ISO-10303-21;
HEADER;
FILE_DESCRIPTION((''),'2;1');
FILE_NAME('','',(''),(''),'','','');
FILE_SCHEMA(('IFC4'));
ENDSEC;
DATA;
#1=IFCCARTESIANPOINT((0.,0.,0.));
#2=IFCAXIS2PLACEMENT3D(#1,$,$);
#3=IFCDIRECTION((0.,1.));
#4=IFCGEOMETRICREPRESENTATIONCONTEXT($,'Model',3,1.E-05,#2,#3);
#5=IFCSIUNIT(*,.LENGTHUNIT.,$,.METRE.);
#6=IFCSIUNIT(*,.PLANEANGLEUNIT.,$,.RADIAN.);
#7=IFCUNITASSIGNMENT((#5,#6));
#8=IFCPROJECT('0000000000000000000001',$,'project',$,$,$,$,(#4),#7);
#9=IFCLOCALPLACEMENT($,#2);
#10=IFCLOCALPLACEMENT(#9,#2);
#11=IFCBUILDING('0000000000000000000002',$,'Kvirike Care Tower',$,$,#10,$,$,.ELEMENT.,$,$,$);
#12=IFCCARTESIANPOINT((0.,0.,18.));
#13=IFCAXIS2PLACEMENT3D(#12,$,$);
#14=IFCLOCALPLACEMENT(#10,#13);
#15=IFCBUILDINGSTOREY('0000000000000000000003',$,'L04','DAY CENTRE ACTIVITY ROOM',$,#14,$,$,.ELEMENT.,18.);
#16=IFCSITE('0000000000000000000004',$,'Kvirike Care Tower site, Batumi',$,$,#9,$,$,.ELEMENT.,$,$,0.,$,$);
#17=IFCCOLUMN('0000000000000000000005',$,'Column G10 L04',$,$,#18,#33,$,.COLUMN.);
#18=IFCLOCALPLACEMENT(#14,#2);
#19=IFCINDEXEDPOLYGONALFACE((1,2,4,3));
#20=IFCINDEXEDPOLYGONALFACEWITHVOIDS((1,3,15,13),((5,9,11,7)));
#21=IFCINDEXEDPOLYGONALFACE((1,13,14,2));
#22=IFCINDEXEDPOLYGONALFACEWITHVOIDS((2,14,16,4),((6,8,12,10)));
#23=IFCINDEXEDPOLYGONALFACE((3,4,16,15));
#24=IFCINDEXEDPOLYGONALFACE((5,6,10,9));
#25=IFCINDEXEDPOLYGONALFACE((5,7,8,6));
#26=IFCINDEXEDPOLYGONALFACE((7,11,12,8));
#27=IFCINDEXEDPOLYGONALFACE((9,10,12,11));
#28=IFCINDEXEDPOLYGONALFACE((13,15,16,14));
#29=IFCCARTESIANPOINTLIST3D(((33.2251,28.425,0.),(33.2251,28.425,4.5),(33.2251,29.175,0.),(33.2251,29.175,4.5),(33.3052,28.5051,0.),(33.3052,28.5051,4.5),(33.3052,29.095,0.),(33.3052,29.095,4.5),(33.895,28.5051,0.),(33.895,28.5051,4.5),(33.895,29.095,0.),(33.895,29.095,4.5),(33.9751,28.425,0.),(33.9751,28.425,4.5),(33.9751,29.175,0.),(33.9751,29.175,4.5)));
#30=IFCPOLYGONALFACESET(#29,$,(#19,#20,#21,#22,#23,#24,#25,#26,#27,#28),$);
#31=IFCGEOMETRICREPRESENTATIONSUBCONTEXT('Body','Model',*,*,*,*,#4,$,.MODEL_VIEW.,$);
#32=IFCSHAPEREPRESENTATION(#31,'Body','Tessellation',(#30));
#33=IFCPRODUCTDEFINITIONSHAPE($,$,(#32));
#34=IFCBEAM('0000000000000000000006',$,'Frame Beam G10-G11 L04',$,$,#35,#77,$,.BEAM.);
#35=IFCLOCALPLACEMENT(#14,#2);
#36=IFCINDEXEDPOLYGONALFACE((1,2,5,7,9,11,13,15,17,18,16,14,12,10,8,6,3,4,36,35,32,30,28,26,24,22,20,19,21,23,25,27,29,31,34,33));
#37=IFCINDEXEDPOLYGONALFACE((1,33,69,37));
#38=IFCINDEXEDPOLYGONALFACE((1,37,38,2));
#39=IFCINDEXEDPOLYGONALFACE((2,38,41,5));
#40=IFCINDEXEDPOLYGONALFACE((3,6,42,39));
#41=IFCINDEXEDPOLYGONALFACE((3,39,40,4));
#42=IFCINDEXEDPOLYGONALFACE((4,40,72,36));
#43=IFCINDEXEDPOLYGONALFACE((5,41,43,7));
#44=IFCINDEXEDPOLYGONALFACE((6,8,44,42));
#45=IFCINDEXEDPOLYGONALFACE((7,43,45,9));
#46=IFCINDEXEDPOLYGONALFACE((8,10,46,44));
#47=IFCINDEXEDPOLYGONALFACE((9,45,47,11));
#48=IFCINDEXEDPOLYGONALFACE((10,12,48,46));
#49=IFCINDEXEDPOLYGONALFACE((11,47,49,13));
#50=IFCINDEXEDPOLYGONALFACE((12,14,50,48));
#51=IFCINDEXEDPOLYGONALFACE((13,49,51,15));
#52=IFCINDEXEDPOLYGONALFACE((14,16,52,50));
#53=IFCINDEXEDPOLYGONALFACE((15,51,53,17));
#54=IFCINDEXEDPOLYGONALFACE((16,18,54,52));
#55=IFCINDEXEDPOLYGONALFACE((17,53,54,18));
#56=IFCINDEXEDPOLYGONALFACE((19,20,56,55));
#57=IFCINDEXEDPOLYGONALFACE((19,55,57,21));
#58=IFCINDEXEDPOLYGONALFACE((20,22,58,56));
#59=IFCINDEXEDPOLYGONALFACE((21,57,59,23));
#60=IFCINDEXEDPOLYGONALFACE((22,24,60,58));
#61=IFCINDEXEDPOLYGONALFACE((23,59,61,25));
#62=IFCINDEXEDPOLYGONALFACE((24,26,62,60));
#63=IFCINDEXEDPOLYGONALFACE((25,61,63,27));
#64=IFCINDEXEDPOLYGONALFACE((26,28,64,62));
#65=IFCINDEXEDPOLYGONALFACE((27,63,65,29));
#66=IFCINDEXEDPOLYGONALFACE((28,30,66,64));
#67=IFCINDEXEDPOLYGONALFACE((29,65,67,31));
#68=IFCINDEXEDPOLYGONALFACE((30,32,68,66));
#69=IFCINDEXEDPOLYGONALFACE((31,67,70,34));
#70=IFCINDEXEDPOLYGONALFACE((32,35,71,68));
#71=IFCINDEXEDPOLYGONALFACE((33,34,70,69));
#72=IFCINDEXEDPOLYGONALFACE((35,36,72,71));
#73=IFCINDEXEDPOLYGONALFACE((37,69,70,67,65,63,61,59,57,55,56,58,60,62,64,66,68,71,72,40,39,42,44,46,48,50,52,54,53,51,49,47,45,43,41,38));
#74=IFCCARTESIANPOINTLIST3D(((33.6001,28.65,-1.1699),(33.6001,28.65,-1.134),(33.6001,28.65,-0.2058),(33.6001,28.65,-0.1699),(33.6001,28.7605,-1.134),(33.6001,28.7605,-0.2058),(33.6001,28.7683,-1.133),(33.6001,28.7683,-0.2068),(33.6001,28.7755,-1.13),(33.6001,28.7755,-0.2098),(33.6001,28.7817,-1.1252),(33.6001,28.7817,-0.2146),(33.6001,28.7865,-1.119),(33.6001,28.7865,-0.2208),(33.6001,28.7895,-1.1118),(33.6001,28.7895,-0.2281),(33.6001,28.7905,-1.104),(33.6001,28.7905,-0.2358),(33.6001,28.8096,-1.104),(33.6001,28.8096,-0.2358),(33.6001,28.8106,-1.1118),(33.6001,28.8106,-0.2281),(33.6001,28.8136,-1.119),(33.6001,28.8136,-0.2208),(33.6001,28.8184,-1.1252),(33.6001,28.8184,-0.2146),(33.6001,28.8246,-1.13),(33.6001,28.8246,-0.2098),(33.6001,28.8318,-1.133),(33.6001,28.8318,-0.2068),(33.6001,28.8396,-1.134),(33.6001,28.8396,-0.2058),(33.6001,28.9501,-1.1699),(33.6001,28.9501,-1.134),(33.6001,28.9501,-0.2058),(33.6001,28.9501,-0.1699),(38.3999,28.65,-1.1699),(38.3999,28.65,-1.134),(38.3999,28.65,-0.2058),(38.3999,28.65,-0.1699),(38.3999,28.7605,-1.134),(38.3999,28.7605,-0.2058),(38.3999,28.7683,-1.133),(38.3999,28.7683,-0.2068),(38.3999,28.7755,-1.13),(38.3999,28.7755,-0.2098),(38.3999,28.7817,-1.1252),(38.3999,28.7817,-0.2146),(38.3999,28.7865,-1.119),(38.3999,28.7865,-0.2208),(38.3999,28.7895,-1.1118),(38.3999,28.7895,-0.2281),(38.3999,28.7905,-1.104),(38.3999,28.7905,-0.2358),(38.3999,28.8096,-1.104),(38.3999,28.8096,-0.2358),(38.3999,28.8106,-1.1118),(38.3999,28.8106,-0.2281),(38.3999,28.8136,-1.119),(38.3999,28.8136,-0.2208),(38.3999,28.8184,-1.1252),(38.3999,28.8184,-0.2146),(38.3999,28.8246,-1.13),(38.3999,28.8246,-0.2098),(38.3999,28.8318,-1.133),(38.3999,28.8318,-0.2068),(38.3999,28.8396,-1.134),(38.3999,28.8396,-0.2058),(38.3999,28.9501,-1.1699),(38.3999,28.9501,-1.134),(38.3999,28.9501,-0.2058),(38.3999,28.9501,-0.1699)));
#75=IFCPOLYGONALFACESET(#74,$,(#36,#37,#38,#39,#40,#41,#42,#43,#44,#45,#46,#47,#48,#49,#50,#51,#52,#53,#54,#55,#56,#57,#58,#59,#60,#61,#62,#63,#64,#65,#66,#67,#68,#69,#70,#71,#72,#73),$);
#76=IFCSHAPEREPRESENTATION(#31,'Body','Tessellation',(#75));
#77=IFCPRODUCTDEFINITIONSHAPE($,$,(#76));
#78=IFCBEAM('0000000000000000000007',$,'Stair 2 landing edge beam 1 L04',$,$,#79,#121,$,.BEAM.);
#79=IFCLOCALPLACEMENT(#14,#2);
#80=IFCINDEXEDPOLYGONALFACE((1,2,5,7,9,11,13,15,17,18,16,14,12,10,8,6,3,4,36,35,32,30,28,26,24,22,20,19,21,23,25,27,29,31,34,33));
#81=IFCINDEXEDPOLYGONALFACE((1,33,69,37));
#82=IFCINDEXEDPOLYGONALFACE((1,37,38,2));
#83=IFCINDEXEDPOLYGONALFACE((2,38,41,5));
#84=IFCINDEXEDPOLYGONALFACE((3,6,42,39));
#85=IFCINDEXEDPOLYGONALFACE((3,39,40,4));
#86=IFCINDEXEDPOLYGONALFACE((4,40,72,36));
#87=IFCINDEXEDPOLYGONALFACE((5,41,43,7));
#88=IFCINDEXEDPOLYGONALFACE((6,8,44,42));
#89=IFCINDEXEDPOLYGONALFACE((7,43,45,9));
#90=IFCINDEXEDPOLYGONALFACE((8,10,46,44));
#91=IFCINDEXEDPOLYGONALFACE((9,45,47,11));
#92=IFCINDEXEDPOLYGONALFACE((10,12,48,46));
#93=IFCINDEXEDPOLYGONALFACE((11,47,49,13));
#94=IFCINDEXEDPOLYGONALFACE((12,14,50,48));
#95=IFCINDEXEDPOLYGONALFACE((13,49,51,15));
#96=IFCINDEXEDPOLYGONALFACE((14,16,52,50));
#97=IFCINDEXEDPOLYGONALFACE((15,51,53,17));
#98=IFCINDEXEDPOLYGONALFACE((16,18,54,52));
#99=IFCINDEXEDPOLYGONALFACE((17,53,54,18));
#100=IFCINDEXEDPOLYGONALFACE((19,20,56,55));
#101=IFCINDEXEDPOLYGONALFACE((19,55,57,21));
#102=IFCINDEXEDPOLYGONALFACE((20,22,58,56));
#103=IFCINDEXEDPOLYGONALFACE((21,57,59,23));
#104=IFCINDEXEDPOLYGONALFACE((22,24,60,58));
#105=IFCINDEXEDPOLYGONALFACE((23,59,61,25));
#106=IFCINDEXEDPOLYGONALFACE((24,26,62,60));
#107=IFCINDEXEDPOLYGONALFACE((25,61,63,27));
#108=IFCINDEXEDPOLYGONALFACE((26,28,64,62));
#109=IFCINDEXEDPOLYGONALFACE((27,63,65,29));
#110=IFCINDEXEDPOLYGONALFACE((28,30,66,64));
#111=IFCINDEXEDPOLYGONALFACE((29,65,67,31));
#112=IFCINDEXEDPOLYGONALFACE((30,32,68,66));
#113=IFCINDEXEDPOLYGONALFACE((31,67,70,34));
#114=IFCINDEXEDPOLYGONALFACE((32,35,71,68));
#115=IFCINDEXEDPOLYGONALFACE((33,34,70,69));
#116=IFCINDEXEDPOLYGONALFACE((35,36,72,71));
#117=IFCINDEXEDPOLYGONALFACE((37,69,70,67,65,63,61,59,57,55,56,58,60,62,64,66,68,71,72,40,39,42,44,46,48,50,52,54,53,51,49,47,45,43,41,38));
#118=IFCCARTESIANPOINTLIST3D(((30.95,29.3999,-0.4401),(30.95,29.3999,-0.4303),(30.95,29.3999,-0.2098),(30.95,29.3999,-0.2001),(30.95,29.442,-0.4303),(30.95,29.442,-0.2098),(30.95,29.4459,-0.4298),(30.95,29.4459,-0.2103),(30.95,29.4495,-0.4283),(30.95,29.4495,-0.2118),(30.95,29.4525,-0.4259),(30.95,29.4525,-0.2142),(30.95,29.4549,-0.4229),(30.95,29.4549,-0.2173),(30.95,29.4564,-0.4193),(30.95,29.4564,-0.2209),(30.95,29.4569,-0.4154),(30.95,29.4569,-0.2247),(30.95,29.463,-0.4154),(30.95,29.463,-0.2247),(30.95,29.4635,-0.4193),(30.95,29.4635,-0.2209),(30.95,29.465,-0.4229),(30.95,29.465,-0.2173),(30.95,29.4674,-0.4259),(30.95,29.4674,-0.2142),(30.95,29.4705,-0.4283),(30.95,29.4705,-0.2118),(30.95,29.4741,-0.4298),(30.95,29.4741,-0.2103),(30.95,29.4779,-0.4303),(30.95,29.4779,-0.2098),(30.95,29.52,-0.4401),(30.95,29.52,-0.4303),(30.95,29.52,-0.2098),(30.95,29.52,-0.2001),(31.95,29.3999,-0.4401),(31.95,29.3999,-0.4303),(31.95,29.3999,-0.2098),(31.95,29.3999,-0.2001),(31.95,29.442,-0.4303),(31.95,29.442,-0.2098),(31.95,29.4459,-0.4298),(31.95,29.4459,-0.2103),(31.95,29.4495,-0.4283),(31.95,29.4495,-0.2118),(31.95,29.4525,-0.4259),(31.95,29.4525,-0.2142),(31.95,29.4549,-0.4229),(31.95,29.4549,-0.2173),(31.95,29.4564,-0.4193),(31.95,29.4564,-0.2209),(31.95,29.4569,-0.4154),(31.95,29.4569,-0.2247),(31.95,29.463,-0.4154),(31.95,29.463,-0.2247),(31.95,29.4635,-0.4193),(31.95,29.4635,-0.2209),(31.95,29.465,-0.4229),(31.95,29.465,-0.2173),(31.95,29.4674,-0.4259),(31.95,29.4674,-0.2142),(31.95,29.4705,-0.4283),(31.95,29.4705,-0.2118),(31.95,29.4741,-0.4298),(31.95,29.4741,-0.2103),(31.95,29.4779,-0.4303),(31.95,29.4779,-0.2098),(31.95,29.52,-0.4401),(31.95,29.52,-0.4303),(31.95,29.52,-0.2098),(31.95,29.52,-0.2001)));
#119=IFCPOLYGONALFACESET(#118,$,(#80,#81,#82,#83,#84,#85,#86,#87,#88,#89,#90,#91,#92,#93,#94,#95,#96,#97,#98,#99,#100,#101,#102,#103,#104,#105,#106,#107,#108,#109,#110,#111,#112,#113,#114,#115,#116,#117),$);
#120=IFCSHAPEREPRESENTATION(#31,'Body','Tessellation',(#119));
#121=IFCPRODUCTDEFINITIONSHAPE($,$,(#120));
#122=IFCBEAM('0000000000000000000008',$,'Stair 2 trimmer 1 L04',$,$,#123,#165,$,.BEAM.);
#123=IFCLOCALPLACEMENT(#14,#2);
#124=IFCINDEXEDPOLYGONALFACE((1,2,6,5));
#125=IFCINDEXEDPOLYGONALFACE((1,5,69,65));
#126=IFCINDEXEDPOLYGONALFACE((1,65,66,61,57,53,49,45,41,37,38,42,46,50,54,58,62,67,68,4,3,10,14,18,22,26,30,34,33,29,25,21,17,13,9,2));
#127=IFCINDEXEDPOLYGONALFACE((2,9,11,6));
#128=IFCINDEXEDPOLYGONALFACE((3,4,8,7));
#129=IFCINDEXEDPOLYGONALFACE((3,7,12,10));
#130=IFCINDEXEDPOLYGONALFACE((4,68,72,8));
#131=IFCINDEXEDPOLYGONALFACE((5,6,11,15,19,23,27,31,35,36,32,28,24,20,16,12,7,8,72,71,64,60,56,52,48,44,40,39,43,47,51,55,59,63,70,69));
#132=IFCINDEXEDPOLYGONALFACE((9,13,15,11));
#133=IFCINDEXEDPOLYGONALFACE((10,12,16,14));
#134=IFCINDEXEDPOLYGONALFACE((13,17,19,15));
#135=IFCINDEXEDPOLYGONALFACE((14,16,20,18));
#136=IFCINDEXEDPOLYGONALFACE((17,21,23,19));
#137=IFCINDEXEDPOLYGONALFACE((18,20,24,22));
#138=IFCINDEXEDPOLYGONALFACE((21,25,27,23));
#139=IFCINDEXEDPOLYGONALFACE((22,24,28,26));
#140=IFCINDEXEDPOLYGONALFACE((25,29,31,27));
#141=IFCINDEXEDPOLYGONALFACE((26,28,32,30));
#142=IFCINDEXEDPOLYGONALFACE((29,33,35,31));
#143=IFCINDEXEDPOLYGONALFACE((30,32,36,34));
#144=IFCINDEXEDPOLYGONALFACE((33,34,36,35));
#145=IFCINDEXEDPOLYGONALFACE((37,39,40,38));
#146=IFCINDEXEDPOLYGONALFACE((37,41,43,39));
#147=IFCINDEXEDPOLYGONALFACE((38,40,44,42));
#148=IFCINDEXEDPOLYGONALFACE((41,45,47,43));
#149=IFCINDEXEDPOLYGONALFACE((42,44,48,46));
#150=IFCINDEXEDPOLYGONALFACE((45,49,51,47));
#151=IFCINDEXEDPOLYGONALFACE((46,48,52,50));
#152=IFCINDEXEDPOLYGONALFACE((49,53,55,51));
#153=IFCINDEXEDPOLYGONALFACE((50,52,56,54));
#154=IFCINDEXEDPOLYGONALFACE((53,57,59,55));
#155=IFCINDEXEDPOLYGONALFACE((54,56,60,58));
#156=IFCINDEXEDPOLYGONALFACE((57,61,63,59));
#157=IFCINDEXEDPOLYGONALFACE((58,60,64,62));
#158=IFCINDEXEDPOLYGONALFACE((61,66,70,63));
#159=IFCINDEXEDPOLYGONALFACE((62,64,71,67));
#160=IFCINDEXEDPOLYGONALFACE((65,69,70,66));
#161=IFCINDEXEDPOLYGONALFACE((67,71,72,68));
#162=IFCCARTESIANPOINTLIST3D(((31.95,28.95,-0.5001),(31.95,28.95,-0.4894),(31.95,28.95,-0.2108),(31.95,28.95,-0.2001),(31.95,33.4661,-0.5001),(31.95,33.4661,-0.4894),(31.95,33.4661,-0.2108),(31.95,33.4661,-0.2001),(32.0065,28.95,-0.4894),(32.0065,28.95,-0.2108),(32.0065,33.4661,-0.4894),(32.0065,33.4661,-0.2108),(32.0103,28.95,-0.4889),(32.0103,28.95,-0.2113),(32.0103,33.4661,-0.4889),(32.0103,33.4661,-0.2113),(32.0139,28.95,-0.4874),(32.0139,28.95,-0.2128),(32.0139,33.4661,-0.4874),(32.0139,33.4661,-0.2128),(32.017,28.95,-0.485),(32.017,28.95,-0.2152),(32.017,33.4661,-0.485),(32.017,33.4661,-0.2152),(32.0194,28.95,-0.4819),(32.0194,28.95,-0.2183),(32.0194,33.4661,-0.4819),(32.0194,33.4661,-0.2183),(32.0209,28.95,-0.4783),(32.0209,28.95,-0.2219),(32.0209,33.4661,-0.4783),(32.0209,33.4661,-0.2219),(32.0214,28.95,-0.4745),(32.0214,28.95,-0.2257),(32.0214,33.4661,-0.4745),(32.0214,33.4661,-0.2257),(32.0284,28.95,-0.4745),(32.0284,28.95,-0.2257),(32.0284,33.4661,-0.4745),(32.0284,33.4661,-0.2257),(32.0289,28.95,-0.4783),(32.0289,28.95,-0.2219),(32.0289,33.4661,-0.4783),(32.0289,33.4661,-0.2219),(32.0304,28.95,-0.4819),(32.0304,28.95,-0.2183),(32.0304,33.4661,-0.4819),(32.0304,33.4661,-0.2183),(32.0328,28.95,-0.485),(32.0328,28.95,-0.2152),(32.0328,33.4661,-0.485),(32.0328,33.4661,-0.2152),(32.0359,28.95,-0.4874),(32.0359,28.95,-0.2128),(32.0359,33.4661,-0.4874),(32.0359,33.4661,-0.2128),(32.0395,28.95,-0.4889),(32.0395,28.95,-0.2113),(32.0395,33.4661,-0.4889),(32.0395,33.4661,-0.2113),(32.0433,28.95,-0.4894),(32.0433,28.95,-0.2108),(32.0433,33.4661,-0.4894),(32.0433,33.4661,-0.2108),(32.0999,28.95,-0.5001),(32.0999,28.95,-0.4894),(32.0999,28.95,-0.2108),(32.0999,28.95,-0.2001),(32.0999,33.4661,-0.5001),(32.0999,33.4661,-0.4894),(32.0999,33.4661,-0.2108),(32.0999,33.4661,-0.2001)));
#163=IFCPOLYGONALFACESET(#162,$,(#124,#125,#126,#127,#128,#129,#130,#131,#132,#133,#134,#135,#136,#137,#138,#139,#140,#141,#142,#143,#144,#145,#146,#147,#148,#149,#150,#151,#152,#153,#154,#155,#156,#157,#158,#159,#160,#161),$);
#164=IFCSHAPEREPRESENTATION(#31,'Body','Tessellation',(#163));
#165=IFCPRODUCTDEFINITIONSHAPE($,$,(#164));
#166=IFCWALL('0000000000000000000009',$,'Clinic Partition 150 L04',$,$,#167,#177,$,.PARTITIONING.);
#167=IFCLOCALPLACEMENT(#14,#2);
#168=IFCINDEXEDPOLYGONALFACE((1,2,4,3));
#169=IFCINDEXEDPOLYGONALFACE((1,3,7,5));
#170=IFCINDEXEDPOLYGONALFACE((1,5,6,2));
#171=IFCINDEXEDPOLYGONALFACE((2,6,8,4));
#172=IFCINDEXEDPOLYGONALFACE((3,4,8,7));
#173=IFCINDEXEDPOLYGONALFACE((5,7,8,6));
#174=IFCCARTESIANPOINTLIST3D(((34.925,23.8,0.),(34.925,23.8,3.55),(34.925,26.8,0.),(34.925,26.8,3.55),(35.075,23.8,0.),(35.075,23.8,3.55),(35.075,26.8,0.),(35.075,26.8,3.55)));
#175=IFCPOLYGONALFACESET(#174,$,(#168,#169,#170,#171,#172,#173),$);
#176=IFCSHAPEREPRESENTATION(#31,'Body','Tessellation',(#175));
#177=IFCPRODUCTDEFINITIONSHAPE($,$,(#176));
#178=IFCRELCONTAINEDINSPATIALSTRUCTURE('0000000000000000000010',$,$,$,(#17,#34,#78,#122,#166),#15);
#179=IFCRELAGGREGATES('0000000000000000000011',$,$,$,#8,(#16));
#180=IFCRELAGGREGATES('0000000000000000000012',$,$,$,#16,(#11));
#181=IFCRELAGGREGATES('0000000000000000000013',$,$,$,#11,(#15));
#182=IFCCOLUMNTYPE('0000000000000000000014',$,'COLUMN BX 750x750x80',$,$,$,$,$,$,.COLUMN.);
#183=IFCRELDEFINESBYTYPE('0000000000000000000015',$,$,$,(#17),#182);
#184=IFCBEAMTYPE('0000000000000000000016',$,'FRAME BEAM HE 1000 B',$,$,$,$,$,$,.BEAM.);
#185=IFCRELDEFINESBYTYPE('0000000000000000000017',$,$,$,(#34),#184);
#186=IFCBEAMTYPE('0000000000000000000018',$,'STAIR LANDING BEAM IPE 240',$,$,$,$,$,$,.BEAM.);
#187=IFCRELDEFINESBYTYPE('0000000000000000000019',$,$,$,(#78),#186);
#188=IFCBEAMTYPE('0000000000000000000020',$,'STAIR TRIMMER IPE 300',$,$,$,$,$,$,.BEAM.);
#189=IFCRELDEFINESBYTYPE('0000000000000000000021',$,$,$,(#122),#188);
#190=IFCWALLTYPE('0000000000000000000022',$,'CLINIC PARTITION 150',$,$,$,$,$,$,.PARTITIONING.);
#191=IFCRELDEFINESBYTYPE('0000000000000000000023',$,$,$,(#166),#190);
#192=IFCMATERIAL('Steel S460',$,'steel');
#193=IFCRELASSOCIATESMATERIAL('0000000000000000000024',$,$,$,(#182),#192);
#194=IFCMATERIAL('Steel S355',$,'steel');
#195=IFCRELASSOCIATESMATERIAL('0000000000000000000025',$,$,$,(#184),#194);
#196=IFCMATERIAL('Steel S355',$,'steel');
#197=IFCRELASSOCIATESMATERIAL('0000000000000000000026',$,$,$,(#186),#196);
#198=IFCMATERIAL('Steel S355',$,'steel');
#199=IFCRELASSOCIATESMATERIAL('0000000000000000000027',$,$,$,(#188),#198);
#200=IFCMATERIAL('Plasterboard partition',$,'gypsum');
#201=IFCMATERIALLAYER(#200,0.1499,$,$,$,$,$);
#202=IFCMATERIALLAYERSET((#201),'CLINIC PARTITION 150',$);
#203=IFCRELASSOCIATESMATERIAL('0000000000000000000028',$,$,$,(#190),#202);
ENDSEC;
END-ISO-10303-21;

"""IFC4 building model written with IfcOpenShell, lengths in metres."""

from ifc_helpers import new_model, si_unit, direction, frame, frame_2d, origin, origin_2d, place, context, subcontext, project, spatial, rectangle, hollow_rectangle, i_section, extrude, material, layer, layer_set, material_profile, profile_set, type_object, element, save


model = new_model("IFC4")

# Units and contexts
model_context = context("Model", 3, precision=1e-05, world=origin(), true_north=direction((0.0, 1.0)))
body_context = subcontext(model_context, "Body", "Model", "MODEL_VIEW")
ifc_project = project(units=[si_unit("LENGTHUNIT", "METRE"), si_unit("PLANEANGLEUNIT", "RADIAN")], contexts=[model_context])

# Site, building, storey
site_placement = place(None, origin())
site = spatial("IfcSite", under=ifc_project, at=site_placement, Name="Kvirike Care Tower site, Batumi", CompositionType="ELEMENT", RefElevation=0.0)
building_placement = place(site_placement, origin())
building = spatial("IfcBuilding", under=site, at=building_placement, Name="Kvirike Care Tower", CompositionType="ELEMENT")
storey_placement = place(building_placement, frame((0.0, 0.0, 18.0)))
storey = spatial("IfcBuildingStorey", under=building, at=storey_placement, Name="L04", Description="DAY CENTRE ACTIVITY ROOM", CompositionType="ELEMENT", Elevation=18.0)

# Column
ifc_material_1 = material(Name="Steel S460", Category="steel")
ifc_material_profile_1 = material_profile(ifc_material_1, hollow_rectangle(XDim=0.75, YDim=0.75, WallThickness=0.0801, at=origin_2d()), Name="BX 750x750x80")
ifc_profile_set_1 = profile_set([ifc_material_profile_1], Name="Steel S460")
column_type = type_object("IfcColumnType", Name="COLUMN BX 750x750x80", PredefinedType="COLUMN", material=ifc_profile_set_1)
column_placement = place(storey_placement, frame((33.6001, 28.8, 0.0), z_axis=(0.0, 0.0, 1.0), x_axis=(0.0, 1.0, 0.0)))
element("IfcColumn", 1, at=column_placement, inside=storey, type_object=column_type, Name="Column G10 L04", PredefinedType="COLUMN", context=body_context, shape_type="SweptSolid", body=[
    extrude(hollow_rectangle(XDim=0.75, YDim=0.75, WallThickness=0.0801, at=origin_2d()), origin(), (0.0, 0.0, 1.0), 4.5),
])

# Beams
ifc_material_2 = material(Name="Steel S355", Category="steel")
ifc_material_profile_2 = material_profile(ifc_material_2, i_section(OverallWidth=0.3, OverallDepth=1.0, WebThickness=0.019, FlangeThickness=0.0359, FilletRadius=0.03, at=origin_2d()), Name="HE 1000 B")
ifc_profile_set_2 = profile_set([ifc_material_profile_2], Name="Steel S355")
beam_type_1 = type_object("IfcBeamType", Name="FRAME BEAM HE 1000 B", PredefinedType="BEAM", material=ifc_profile_set_2)
beam_1_placement = place(storey_placement, frame((33.6001, 28.8, -0.6699), z_axis=(1.0, 0.0, 0.0), x_axis=(0.0, 1.0, 0.0)))
element("IfcBeam", 2, at=beam_1_placement, inside=storey, type_object=beam_type_1, Name="Frame Beam G10-G11 L04", PredefinedType="BEAM", context=body_context, shape_type="SweptSolid", body=[
    extrude(i_section(OverallWidth=0.3, OverallDepth=1.0, WebThickness=0.019, FlangeThickness=0.0359, FilletRadius=0.03, at=origin_2d()), origin(), (0.0, 0.0, 1.0), 4.7998),
])
ifc_material_3 = material(Name="Steel S355", Category="steel")
ifc_material_profile_3 = material_profile(ifc_material_3, i_section(OverallWidth=0.1201, OverallDepth=0.24, WebThickness=0.0061, FlangeThickness=0.0098, FilletRadius=0.0149, at=origin_2d()), Name="IPE 240")
ifc_profile_set_3 = profile_set([ifc_material_profile_3], Name="Steel S355")
beam_type_2 = type_object("IfcBeamType", Name="STAIR LANDING BEAM IPE 240", PredefinedType="BEAM", material=ifc_profile_set_3)
beam_2_placement = place(storey_placement, frame((31.95, 29.46, -0.3201), z_axis=(-1.0, 0.0, 0.0), x_axis=(0.0, -1.0, 0.0)))
element("IfcBeam", 3, at=beam_2_placement, inside=storey, type_object=beam_type_2, Name="Stair 2 landing edge beam 1 L04", PredefinedType="BEAM", context=body_context, shape_type="SweptSolid", body=[
    extrude(i_section(OverallWidth=0.1201, OverallDepth=0.24, WebThickness=0.0061, FlangeThickness=0.0098, FilletRadius=0.0149, at=origin_2d()), origin(), (0.0, 0.0, 1.0), 1.0),
])
ifc_material_4 = material(Name="Steel S355", Category="steel")
ifc_material_profile_4 = material_profile(ifc_material_4, i_section(OverallWidth=0.1499, OverallDepth=0.3, WebThickness=0.0071, FlangeThickness=0.0107, FilletRadius=0.0149, at=origin_2d()), Name="IPE 300")
ifc_profile_set_4 = profile_set([ifc_material_profile_4], Name="Steel S355")
beam_type_3 = type_object("IfcBeamType", Name="STAIR TRIMMER IPE 300", PredefinedType="BEAM", material=ifc_profile_set_4)
beam_3_placement = place(storey_placement, frame((32.0249, 28.95, -0.3501), z_axis=(0.0, 1.0, 0.0), x_axis=(-1.0, 0.0, 0.0)))
element("IfcBeam", 4, at=beam_3_placement, inside=storey, type_object=beam_type_3, Name="Stair 2 trimmer 1 L04", PredefinedType="BEAM", context=body_context, shape_type="SweptSolid", body=[
    extrude(i_section(OverallWidth=0.1499, OverallDepth=0.3, WebThickness=0.0071, FlangeThickness=0.0107, FilletRadius=0.0149, at=origin_2d()), origin(), (0.0, 0.0, 1.0), 4.5161),
])

# Wall
ifc_material_5 = material(Name="Plasterboard partition", Category="gypsum")
ifc_layer_1 = layer(ifc_material_5, 0.1499)
ifc_layer_set_1 = layer_set([ifc_layer_1], Name="CLINIC PARTITION 150")
wall_type_1 = type_object("IfcWallType", Name="CLINIC PARTITION 150", PredefinedType="PARTITIONING", material=ifc_layer_set_1)
wall_1_placement = place(storey_placement, frame((35.0, 23.8, 0.0), z_axis=(0.0, 0.0, 1.0), x_axis=(0.0, 1.0, 0.0)))
element("IfcWall", 5, at=wall_1_placement, inside=storey, type_object=wall_type_1, Name="Clinic Partition 150 L04", PredefinedType="PARTITIONING", context=body_context, shape_type="SweptSolid", body=[
    extrude(rectangle(XDim=3.0, YDim=0.1499, at=frame_2d((1.5, 0.0))), origin(), (0.0, 0.0, 1.0), 3.55),
])

save(model, "model.ifc")
